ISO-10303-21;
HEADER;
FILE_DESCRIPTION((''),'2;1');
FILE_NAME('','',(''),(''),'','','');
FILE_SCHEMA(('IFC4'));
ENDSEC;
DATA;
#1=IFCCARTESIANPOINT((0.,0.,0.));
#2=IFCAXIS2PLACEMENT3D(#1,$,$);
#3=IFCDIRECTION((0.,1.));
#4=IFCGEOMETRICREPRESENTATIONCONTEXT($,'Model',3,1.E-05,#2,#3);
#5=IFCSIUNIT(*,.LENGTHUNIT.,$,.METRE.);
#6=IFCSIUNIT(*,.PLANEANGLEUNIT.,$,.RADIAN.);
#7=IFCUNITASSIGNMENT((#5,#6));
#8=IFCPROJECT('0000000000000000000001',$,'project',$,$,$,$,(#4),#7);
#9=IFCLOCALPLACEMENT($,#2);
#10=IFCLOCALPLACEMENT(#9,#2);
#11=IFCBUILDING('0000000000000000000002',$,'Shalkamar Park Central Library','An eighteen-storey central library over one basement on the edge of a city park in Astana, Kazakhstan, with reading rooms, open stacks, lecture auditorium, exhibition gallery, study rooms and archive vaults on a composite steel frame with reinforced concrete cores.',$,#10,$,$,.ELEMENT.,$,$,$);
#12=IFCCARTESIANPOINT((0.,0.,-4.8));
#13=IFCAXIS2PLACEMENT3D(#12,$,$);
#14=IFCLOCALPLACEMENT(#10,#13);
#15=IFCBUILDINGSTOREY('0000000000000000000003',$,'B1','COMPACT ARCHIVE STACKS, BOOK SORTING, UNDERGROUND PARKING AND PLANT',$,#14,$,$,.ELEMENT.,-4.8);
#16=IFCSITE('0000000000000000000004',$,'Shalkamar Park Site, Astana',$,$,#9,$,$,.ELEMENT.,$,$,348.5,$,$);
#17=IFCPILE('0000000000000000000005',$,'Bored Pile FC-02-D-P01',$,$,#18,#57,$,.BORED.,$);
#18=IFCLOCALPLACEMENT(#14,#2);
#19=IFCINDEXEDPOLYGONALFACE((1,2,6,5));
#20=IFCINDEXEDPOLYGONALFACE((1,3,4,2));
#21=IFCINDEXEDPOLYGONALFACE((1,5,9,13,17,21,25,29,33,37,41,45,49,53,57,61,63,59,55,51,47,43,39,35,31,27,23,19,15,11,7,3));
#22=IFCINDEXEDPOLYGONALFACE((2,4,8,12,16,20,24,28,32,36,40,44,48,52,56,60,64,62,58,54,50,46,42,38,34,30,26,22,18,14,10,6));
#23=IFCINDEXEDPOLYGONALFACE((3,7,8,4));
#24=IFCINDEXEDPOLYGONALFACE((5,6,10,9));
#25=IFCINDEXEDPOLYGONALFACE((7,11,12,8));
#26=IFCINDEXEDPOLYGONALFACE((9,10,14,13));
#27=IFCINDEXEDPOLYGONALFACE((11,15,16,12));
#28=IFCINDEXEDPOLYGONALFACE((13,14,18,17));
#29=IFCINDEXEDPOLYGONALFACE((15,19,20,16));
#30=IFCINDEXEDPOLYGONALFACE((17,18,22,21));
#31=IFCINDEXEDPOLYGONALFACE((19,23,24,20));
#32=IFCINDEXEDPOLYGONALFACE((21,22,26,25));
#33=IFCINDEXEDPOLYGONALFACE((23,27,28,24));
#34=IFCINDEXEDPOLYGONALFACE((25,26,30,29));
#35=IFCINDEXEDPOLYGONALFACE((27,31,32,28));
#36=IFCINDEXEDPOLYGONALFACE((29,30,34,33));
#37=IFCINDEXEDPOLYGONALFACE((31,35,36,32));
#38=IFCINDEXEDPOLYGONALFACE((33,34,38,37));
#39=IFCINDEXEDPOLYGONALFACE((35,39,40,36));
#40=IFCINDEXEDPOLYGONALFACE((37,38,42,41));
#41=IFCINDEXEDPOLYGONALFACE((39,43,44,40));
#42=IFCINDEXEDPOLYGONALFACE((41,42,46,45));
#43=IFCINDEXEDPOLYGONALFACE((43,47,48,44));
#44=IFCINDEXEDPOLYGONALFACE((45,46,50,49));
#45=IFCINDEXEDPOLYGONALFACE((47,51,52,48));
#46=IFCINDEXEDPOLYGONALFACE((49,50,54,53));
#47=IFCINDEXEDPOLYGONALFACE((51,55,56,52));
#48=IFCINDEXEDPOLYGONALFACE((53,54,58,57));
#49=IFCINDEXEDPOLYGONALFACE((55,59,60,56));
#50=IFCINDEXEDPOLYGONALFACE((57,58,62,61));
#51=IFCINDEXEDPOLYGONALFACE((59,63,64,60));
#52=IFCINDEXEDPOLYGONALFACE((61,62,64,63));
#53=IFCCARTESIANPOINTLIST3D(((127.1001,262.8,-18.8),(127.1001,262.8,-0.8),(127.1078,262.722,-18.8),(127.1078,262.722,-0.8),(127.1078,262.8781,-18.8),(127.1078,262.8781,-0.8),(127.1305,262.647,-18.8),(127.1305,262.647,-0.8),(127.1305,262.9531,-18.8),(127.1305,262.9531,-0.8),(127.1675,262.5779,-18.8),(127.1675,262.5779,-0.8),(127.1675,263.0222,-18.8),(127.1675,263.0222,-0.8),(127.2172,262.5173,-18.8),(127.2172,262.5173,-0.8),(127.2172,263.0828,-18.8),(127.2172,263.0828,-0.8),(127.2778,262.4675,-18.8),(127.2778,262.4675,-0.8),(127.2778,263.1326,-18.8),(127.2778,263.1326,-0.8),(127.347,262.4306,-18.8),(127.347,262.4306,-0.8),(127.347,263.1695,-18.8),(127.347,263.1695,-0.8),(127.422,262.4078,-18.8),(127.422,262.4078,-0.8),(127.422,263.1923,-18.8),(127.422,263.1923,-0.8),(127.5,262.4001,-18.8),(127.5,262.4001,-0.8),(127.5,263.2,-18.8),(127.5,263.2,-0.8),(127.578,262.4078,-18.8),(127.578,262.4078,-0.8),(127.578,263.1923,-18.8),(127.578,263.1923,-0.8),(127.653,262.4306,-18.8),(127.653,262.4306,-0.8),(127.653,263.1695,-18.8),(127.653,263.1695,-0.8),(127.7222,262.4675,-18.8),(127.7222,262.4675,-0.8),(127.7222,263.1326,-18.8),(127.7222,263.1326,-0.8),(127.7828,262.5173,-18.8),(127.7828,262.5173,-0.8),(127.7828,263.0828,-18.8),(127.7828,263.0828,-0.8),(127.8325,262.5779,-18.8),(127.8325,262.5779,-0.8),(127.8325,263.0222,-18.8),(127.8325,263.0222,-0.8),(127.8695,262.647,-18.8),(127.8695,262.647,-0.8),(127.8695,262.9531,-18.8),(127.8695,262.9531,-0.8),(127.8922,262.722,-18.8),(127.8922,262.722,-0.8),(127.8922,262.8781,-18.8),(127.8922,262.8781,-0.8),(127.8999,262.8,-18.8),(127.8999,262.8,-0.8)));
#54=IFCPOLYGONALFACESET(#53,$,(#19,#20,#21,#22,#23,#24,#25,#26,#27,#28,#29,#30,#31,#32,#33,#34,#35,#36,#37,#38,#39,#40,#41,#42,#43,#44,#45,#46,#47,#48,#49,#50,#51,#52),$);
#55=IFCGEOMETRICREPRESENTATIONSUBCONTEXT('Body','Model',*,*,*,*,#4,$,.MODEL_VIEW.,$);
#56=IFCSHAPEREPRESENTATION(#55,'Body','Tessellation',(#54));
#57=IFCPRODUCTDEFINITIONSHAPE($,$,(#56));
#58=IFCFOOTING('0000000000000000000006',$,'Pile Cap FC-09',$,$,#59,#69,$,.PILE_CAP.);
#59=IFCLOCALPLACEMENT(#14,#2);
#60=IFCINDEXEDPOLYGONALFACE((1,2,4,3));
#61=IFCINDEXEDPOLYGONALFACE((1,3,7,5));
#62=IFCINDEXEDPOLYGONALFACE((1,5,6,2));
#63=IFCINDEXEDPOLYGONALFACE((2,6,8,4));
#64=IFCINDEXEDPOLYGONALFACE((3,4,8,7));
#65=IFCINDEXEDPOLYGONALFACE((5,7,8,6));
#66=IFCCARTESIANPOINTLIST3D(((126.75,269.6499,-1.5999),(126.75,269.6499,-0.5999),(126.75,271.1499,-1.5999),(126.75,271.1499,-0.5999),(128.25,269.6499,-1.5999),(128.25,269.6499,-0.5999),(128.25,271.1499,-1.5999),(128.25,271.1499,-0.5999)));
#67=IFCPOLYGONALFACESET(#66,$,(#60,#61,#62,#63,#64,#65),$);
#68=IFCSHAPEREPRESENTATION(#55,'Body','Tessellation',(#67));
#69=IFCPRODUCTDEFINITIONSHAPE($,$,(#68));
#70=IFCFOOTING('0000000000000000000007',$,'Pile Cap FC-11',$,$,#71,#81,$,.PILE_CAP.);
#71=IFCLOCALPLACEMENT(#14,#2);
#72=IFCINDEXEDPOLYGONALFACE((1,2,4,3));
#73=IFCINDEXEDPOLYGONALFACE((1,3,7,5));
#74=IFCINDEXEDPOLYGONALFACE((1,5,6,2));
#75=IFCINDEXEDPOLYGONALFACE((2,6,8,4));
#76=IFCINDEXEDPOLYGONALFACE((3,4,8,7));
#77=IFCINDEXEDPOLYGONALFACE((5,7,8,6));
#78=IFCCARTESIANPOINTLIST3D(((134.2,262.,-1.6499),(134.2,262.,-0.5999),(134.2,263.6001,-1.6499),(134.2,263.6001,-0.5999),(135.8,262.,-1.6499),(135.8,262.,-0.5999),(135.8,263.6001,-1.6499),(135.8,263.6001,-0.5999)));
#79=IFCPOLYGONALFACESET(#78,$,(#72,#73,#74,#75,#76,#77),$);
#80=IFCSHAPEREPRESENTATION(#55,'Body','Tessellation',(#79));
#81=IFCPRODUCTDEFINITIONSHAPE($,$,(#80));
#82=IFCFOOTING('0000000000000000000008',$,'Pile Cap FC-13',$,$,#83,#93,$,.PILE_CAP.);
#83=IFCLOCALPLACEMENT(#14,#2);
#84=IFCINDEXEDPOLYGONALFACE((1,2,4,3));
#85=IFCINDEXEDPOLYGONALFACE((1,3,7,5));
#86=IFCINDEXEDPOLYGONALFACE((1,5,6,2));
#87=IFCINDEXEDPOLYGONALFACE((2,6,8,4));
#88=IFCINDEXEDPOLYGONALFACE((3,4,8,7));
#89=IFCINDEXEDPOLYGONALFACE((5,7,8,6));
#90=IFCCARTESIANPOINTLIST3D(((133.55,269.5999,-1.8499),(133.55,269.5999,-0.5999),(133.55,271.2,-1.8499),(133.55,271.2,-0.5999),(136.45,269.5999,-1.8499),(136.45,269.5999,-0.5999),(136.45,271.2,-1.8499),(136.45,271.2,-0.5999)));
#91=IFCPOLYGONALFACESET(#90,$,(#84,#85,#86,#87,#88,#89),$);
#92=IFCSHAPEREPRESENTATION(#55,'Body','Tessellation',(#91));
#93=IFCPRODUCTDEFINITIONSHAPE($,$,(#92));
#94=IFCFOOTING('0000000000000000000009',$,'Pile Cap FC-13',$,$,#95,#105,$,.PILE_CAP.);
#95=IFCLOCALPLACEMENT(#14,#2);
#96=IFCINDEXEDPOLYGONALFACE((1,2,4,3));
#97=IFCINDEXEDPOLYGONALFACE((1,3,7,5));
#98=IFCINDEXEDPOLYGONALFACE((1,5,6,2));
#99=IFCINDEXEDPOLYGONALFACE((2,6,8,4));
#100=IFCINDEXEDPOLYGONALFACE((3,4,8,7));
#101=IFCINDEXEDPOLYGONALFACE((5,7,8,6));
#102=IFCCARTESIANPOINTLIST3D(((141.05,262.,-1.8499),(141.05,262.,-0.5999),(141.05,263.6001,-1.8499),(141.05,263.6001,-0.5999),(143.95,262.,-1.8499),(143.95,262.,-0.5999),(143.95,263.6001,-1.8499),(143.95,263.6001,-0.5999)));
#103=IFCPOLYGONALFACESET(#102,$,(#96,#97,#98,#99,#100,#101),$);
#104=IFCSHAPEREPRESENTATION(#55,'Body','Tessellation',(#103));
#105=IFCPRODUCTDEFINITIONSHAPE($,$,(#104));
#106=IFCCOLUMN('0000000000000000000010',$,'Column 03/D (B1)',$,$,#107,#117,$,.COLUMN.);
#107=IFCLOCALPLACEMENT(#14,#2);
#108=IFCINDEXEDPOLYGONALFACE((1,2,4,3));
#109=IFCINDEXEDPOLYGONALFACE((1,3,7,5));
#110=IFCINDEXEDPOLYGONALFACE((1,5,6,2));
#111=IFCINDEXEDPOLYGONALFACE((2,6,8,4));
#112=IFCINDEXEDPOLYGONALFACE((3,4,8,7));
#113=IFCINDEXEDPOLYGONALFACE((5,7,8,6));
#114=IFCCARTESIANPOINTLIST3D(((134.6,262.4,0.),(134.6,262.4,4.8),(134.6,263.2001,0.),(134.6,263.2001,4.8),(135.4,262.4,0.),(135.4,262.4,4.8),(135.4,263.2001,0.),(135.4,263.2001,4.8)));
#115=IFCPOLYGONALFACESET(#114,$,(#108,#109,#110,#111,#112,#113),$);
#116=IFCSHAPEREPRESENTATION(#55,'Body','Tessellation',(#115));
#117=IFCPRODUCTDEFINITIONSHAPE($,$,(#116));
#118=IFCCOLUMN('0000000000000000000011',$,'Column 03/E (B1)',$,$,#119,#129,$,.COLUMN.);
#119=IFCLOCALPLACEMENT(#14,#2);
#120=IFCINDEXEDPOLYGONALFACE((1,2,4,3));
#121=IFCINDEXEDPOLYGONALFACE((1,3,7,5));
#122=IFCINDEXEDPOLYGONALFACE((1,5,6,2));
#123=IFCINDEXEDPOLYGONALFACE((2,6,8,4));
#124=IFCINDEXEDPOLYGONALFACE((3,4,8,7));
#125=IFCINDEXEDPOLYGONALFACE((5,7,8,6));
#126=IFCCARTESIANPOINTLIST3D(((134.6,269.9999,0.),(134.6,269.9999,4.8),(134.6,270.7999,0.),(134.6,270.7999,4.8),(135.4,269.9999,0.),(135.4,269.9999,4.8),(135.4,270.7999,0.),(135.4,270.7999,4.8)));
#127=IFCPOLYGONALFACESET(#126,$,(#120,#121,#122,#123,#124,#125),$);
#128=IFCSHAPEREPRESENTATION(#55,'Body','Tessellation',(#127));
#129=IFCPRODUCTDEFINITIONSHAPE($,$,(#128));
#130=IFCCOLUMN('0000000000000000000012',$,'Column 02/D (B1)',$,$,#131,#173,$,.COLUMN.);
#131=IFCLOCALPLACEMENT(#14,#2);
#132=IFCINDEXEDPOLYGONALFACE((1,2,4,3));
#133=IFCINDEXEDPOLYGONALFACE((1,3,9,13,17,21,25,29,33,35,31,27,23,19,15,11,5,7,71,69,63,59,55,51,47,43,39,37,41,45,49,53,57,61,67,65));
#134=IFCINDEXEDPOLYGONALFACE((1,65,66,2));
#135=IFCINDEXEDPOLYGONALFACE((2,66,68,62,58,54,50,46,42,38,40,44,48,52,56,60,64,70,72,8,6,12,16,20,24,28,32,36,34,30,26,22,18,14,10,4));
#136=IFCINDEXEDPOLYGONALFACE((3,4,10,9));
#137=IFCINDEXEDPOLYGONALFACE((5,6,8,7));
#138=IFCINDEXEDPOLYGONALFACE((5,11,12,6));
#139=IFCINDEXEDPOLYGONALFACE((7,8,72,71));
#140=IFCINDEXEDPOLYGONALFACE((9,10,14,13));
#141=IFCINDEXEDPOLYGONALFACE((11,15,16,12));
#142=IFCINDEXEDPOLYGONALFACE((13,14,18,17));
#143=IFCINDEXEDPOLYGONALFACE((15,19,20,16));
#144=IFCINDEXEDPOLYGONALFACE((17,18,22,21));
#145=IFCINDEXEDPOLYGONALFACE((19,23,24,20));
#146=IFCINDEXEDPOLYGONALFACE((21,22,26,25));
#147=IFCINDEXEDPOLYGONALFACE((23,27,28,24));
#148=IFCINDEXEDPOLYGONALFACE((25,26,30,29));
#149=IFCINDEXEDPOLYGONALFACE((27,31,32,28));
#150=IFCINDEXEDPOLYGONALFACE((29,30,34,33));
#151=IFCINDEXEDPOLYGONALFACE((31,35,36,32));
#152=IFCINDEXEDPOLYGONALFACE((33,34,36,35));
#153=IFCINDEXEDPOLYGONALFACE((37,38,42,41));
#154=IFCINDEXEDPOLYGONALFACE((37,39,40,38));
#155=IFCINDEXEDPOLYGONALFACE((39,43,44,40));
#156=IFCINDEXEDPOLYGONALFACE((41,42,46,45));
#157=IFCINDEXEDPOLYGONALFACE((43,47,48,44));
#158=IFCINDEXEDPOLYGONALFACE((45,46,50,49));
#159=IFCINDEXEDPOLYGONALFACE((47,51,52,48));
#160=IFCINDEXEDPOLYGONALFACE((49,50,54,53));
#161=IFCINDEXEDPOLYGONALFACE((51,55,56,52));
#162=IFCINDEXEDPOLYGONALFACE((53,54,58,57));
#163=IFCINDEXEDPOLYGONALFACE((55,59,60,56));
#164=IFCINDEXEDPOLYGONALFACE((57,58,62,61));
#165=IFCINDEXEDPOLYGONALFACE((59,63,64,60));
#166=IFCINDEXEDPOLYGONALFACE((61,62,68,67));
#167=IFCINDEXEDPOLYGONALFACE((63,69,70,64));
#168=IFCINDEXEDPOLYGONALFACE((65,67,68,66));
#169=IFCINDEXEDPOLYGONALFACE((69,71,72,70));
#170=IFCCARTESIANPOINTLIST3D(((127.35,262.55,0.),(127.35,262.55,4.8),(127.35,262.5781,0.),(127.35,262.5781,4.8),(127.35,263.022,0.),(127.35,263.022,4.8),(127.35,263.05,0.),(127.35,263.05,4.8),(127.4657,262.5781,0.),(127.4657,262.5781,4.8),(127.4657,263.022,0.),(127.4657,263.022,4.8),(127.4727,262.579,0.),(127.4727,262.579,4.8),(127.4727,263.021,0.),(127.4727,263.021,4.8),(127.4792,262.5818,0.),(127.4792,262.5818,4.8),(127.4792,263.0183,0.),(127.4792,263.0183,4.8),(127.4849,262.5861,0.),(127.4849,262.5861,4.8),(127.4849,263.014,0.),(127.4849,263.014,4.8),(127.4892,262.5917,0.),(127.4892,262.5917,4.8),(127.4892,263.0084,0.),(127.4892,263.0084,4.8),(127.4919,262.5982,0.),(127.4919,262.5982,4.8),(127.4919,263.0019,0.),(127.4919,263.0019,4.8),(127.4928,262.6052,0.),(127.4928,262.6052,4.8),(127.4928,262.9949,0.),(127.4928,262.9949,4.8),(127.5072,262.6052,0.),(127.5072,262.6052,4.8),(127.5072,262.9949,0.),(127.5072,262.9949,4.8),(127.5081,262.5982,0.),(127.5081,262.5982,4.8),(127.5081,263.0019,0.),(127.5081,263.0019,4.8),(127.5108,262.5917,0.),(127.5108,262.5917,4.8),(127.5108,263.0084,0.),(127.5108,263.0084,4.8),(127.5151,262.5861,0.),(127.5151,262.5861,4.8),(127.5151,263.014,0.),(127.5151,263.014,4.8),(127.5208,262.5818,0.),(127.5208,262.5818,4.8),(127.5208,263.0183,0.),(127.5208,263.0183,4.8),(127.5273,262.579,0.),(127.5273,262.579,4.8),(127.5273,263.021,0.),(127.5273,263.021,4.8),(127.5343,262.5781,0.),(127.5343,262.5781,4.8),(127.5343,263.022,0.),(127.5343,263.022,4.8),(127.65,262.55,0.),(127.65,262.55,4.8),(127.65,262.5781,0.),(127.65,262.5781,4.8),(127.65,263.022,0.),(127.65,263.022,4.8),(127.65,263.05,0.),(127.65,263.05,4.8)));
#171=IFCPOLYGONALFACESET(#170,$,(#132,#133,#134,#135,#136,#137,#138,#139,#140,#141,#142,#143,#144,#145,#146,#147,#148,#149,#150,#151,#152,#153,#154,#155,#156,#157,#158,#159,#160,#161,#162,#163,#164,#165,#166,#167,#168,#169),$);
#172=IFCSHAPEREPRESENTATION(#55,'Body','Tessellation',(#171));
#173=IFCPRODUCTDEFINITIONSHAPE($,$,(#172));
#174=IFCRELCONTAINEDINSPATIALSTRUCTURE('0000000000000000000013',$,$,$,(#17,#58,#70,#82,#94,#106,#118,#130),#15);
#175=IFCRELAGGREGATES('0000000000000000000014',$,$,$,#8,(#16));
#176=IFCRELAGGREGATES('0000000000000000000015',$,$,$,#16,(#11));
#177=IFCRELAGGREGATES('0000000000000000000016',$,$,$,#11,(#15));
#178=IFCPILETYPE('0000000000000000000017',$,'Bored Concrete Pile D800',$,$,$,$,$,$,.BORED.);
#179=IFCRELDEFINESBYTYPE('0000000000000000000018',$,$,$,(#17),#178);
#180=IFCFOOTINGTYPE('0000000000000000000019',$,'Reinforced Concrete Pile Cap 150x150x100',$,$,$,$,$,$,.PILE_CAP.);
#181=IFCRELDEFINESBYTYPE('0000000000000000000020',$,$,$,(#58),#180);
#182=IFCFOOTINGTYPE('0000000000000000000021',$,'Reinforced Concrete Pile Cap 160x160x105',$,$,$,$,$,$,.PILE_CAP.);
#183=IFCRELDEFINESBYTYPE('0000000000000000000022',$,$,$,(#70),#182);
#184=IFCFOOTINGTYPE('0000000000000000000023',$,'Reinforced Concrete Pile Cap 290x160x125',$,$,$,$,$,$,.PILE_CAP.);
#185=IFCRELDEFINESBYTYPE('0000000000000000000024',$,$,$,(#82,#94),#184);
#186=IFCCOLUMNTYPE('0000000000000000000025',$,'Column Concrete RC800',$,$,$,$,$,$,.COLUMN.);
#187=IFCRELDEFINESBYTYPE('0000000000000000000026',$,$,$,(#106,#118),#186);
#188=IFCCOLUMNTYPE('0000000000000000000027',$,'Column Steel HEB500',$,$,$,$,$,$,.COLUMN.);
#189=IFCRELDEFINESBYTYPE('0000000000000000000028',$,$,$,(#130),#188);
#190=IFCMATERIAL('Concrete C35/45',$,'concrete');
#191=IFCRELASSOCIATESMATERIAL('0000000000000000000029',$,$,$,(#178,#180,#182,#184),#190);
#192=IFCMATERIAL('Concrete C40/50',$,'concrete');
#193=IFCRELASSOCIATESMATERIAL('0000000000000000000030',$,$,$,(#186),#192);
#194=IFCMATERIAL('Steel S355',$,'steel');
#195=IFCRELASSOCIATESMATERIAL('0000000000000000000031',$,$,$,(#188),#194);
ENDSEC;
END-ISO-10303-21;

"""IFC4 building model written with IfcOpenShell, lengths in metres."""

from ifc_helpers import new_model, si_unit, direction, frame, origin, origin_2d, place, context, subcontext, project, spatial, rectangle, circle, i_section, extrude, material, material_profile, profile_set, type_object, element, save


model = new_model("IFC4")

# Units and contexts
model_context = context("Model", 3, precision=1e-05, world=origin(), true_north=direction((0.0, 1.0)))
body_context = subcontext(model_context, "Body", "Model", "MODEL_VIEW")
ifc_project = project(units=[si_unit("LENGTHUNIT", "METRE"), si_unit("PLANEANGLEUNIT", "RADIAN")], contexts=[model_context])

# Site, building, storey
site_placement = place(None, origin())
site = spatial("IfcSite", under=ifc_project, at=site_placement, Name="Shalkamar Park Site, Astana", CompositionType="ELEMENT", RefElevation=348.5)
building_placement = place(site_placement, origin())
building = spatial("IfcBuilding", under=site, at=building_placement, Name="Shalkamar Park Central Library", Description="An eighteen-storey central library over one basement on the edge of a city park in Astana, Kazakhstan, with reading rooms, open stacks, lecture auditorium, exhibition gallery, study rooms and archive vaults on a composite steel frame with reinforced concrete cores.", CompositionType="ELEMENT")
storey_placement = place(building_placement, frame((0.0, 0.0, -4.8)))
storey = spatial("IfcBuildingStorey", under=building, at=storey_placement, Name="B1", Description="COMPACT ARCHIVE STACKS, BOOK SORTING, UNDERGROUND PARKING AND PLANT", CompositionType="ELEMENT", Elevation=-4.8)

# Pile
ifc_material_1 = material(Name="Concrete C35/45", Category="concrete")
ifc_material_profile_1 = material_profile(ifc_material_1, circle(Radius=0.3999, at=origin_2d()), Name="PILE D800")
ifc_profile_set_1 = profile_set([ifc_material_profile_1], Name="Concrete C35/45")
pile_type_1 = type_object("IfcPileType", Name="Bored Concrete Pile D800", PredefinedType="BORED", material=ifc_profile_set_1)
pile_placement = place(storey_placement, frame((127.5, 262.8, -0.8), z_axis=(0.0, 0.0, -1.0), x_axis=(1.0, 0.0, 0.0)))
element("IfcPile", 1, at=pile_placement, inside=storey, type_object=pile_type_1, Name="Bored Pile FC-02-D-P01", PredefinedType="BORED", context=body_context, shape_type="SweptSolid", body=[
    extrude(circle(Radius=0.3999, at=origin_2d()), origin(), (0.0, 0.0, 1.0), 18.0),
])

# Footings
footing_type_1 = type_object("IfcFootingType", Name="Reinforced Concrete Pile Cap 150x150x100", PredefinedType="PILE_CAP", material=ifc_material_1)
footing_1_placement = place(storey_placement, frame((127.5, 270.3999, -1.5999), z_axis=(0.0, 0.0, 1.0), x_axis=(1.0, 0.0, 0.0)))
element("IfcFooting", 2, at=footing_1_placement, inside=storey, type_object=footing_type_1, Name="Pile Cap FC-09", PredefinedType="PILE_CAP", context=body_context, shape_type="SweptSolid", body=[
    extrude(rectangle(XDim=1.5, YDim=1.5, at=origin_2d()), origin(), (0.0, 0.0, 1.0), 1.0),
])
footing_type_2 = type_object("IfcFootingType", Name="Reinforced Concrete Pile Cap 160x160x105", PredefinedType="PILE_CAP", material=ifc_material_1)
footing_2_placement = place(storey_placement, frame((135.0, 262.8, -1.6499), z_axis=(0.0, 0.0, 1.0), x_axis=(1.0, 0.0, 0.0)))
element("IfcFooting", 3, at=footing_2_placement, inside=storey, type_object=footing_type_2, Name="Pile Cap FC-11", PredefinedType="PILE_CAP", context=body_context, shape_type="SweptSolid", body=[
    extrude(rectangle(XDim=1.6001, YDim=1.6001, at=origin_2d()), origin(), (0.0, 0.0, 1.0), 1.05),
])
footing_type_3 = type_object("IfcFootingType", Name="Reinforced Concrete Pile Cap 290x160x125", PredefinedType="PILE_CAP", material=ifc_material_1)
for number, where, z_axis, x_axis, name in (
    (4, (135.0, 270.3999, -1.8499), (0.0, 0.0, 1.0), (1.0, 0.0, 0.0), "Pile Cap FC-13"),
    (5, (142.5, 262.8, -1.8499), (0.0, 0.0, 1.0), (1.0, 0.0, 0.0), "Pile Cap FC-13"),
):
    element("IfcFooting", number, at=place(storey_placement, frame(where, z_axis=z_axis, x_axis=x_axis)), inside=storey, type_object=footing_type_3, Name=name, PredefinedType="PILE_CAP", context=body_context, shape_type="SweptSolid", body=[
        extrude(rectangle(XDim=2.8999, YDim=1.6001, at=origin_2d()), origin(), (0.0, 0.0, 1.0), 1.25),
    ])

# Columns
ifc_material_2 = material(Name="Concrete C40/50", Category="concrete")
ifc_material_profile_2 = material_profile(ifc_material_2, rectangle(XDim=0.8, YDim=0.8, at=origin_2d()), Name="RC 800x800")
ifc_profile_set_2 = profile_set([ifc_material_profile_2], Name="Concrete C40/50")
column_type_1 = type_object("IfcColumnType", Name="Column Concrete RC800", PredefinedType="COLUMN", material=ifc_profile_set_2)
for number, where, z_axis, x_axis, name in (
    (6, (135.0, 262.8, 0.0), (0.0, 0.0, 1.0), (1.0, 0.0, 0.0), "Column 03/D (B1)"),
    (7, (135.0, 270.3999, 0.0), (0.0, 0.0, 1.0), (1.0, 0.0, 0.0), "Column 03/E (B1)"),
):
    element("IfcColumn", number, at=place(storey_placement, frame(where, z_axis=z_axis, x_axis=x_axis)), inside=storey, type_object=column_type_1, Name=name, PredefinedType="COLUMN", context=body_context, shape_type="SweptSolid", body=[
        extrude(rectangle(XDim=0.8, YDim=0.8, at=origin_2d()), origin(), (0.0, 0.0, 1.0), 4.8),
    ])
ifc_material_3 = material(Name="Steel S355", Category="steel")
ifc_material_profile_3 = material_profile(ifc_material_3, i_section(OverallWidth=0.3, OverallDepth=0.5, WebThickness=0.0144, FlangeThickness=0.0281, FilletRadius=0.0271, at=origin_2d()), Name="HEB 500")
ifc_profile_set_3 = profile_set([ifc_material_profile_3], Name="Steel S355")
column_type_2 = type_object("IfcColumnType", Name="Column Steel HEB500", PredefinedType="COLUMN", material=ifc_profile_set_3)
for number, where, z_axis, x_axis, name in (
    (8, (127.5, 262.8, 0.0), (0.0, 0.0, 1.0), (1.0, 0.0, 0.0), "Column 02/D (B1)"),
):
    element("IfcColumn", number, at=place(storey_placement, frame(where, z_axis=z_axis, x_axis=x_axis)), inside=storey, type_object=column_type_2, Name=name, PredefinedType="COLUMN", context=body_context, shape_type="SweptSolid", body=[
        extrude(i_section(OverallWidth=0.3, OverallDepth=0.5, WebThickness=0.0144, FlangeThickness=0.0281, FilletRadius=0.0271, at=origin_2d()), origin(), (0.0, 0.0, 1.0), 4.8),
    ])

save(model, "model.ifc")
